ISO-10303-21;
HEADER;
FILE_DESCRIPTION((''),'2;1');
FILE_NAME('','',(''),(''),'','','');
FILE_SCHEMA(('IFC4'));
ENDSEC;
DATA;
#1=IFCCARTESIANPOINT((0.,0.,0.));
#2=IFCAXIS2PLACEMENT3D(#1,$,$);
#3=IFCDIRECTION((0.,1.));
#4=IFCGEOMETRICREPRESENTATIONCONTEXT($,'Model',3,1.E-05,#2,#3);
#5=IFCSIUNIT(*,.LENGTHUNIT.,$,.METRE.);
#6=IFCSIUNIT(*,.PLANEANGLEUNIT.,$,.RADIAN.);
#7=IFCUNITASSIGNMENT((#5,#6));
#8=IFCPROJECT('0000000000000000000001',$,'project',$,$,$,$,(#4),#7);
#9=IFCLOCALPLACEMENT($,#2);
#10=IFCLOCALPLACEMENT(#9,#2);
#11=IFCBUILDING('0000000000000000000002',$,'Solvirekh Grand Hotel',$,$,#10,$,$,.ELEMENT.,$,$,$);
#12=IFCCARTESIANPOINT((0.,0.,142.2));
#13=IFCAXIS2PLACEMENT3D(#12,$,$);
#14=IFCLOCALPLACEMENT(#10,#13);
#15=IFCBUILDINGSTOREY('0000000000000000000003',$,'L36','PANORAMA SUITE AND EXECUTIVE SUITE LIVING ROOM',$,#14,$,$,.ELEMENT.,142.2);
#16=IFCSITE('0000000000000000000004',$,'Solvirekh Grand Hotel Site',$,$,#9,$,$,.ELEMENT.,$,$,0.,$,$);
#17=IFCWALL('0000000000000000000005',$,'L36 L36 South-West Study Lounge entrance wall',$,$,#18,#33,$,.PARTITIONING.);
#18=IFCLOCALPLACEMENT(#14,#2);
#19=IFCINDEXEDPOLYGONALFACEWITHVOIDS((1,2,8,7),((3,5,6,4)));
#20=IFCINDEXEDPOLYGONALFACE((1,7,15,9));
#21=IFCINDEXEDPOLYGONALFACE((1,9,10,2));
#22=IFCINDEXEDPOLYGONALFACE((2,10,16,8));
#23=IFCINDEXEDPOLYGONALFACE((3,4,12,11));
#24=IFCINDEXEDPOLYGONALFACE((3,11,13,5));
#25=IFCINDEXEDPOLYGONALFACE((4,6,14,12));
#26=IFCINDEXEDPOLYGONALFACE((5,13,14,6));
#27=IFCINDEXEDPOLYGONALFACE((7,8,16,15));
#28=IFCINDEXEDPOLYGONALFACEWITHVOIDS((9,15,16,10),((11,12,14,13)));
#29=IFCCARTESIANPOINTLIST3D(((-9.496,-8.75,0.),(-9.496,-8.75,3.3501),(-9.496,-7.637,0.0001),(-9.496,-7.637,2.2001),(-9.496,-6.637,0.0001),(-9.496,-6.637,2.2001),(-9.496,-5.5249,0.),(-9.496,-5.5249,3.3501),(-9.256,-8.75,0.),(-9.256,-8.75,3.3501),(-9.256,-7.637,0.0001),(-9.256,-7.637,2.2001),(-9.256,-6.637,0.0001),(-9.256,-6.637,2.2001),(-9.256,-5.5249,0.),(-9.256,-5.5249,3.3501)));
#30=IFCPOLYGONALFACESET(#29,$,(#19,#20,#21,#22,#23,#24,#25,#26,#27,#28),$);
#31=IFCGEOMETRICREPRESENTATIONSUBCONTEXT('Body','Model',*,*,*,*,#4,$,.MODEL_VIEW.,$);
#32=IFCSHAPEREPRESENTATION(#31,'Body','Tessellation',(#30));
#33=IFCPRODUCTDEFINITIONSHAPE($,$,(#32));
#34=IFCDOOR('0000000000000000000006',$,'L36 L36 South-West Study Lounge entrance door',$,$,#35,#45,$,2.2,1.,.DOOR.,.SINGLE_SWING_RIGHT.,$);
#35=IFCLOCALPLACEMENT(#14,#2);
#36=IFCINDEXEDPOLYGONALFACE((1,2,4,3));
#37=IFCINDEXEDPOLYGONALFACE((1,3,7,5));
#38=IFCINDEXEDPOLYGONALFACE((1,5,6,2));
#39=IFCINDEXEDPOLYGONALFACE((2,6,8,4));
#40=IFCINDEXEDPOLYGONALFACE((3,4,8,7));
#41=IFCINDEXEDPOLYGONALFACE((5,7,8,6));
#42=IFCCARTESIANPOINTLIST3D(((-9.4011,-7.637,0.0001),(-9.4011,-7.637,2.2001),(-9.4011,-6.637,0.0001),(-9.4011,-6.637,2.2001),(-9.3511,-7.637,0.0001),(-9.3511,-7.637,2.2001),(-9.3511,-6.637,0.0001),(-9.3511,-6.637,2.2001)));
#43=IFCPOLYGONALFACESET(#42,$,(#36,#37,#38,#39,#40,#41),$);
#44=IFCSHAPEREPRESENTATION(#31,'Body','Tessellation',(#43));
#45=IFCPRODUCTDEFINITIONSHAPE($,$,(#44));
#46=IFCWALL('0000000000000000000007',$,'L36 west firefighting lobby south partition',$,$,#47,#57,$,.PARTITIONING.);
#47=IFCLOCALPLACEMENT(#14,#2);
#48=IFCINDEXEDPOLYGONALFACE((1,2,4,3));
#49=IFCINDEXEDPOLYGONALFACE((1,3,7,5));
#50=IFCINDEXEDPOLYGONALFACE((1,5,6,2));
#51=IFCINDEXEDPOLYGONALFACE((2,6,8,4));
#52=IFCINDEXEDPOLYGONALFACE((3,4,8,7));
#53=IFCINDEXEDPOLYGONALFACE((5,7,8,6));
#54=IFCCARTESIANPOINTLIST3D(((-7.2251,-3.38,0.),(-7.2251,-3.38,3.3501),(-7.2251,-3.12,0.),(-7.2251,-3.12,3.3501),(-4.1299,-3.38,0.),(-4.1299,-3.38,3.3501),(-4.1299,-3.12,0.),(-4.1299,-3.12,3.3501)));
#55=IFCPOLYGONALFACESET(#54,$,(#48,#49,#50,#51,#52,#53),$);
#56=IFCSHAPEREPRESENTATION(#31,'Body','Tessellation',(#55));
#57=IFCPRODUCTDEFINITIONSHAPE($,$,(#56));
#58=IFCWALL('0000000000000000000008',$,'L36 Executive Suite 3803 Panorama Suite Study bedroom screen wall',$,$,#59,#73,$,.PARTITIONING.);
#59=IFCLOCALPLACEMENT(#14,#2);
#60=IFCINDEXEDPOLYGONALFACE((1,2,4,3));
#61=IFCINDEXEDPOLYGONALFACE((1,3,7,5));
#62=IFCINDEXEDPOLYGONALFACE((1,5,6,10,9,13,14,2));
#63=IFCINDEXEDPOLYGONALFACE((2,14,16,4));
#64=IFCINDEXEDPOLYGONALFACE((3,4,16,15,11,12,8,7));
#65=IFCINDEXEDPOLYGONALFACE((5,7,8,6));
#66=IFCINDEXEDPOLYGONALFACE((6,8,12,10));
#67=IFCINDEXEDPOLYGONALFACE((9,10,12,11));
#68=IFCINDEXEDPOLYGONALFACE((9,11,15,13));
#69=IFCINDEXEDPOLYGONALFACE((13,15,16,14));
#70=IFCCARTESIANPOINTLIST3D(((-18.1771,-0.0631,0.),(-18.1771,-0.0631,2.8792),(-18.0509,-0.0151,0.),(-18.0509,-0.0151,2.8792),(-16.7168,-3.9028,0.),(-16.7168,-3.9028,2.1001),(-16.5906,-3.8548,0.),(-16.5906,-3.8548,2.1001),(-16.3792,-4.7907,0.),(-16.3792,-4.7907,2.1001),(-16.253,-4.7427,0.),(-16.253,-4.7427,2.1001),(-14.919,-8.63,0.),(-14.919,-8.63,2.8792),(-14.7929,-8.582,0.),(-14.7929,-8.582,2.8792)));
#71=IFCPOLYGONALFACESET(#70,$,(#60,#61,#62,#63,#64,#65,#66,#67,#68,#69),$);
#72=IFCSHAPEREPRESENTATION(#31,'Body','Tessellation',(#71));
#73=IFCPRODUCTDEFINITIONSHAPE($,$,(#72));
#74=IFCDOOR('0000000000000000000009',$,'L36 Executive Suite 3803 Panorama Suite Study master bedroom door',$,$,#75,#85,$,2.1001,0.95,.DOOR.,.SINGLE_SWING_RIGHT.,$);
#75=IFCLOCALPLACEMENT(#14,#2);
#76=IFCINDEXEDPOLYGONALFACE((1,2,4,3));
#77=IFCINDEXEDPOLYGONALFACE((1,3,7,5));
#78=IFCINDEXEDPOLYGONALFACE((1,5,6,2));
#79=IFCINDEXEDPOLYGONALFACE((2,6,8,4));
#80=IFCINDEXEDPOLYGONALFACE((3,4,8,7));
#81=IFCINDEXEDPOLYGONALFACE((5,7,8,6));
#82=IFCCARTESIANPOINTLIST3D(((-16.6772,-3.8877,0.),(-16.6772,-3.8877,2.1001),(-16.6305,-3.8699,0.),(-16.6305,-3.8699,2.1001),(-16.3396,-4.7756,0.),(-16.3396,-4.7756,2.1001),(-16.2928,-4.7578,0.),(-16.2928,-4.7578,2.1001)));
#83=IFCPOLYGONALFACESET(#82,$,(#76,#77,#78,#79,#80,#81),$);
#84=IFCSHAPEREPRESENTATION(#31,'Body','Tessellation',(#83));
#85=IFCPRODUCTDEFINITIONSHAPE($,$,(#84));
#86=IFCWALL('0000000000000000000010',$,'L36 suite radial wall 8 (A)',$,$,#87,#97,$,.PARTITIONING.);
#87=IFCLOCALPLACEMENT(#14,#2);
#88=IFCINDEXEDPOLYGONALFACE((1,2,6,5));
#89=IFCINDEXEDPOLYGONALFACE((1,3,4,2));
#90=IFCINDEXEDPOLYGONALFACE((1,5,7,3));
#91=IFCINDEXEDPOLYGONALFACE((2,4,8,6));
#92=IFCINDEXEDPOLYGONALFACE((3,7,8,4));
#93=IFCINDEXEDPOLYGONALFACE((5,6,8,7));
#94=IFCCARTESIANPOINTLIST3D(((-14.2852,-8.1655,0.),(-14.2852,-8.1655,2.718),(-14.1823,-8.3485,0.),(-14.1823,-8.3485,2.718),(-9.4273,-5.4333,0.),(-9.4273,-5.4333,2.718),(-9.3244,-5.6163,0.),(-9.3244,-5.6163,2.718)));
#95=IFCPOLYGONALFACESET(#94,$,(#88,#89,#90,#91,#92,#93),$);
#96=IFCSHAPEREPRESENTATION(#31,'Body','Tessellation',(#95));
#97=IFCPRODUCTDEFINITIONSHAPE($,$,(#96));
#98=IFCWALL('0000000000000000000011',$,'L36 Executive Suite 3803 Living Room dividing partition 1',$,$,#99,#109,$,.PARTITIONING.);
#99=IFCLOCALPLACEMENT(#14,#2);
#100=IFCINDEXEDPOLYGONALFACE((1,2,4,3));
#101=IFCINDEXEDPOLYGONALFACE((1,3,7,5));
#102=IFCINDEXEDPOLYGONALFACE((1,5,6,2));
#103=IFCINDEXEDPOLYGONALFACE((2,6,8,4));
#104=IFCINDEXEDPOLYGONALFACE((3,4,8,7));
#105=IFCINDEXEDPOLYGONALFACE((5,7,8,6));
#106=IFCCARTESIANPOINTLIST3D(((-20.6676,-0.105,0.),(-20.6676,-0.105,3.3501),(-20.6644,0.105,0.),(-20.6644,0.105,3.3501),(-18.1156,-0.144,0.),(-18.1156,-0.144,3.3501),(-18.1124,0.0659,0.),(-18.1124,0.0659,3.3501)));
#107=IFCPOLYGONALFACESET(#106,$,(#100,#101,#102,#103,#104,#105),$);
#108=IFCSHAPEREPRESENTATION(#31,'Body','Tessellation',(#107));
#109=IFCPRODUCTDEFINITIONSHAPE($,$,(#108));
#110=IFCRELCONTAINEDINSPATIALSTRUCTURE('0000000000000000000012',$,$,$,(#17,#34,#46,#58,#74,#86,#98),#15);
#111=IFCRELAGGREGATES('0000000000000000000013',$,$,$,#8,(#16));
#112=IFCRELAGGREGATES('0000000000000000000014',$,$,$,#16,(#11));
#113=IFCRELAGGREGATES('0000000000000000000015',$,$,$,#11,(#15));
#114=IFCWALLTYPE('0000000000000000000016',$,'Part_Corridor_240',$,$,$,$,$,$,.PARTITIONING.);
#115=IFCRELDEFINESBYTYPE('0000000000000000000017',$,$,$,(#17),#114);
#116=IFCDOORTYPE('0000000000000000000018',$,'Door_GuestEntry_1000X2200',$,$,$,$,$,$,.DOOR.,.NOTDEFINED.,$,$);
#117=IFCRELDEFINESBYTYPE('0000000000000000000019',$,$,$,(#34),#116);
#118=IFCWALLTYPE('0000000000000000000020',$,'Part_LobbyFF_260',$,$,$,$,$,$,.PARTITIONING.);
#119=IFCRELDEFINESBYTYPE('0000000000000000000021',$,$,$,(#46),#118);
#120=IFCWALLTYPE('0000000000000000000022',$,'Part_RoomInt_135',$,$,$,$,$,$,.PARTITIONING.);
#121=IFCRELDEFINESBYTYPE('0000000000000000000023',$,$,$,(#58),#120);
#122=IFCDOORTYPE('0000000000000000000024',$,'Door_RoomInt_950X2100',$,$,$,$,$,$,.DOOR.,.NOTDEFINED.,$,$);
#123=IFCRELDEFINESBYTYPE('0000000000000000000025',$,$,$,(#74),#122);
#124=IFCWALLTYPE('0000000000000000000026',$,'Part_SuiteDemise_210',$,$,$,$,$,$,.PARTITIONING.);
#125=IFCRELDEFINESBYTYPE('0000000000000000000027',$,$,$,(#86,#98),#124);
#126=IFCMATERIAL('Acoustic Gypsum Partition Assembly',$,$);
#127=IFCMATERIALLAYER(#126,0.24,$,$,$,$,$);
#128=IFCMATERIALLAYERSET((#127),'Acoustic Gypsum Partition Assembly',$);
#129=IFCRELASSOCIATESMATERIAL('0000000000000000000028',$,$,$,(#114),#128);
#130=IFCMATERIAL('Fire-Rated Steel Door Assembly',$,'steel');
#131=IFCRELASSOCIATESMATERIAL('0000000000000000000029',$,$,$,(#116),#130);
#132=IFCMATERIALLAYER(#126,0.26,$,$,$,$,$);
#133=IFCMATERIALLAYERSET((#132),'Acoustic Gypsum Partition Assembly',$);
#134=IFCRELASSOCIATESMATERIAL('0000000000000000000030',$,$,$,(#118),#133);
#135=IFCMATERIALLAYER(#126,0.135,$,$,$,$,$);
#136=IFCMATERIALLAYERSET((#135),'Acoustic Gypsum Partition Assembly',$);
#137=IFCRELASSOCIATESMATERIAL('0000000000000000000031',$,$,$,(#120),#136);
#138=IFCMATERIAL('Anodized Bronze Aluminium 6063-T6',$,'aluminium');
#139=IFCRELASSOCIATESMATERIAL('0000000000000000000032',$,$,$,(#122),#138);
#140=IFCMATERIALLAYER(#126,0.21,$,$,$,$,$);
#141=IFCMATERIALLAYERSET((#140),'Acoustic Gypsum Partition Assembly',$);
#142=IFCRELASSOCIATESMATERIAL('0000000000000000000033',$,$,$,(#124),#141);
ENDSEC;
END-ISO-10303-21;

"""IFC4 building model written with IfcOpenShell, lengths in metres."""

from ifc_helpers import new_model, si_unit, direction, frame, frame_2d, origin, place, context, subcontext, project, spatial, rectangle, extrude, material, layer, layer_set, type_object, element, fill, save


model = new_model("IFC4")

# Units and contexts
model_context = context("Model", 3, precision=1e-05, world=origin(), true_north=direction((0.0, 1.0)))
body_context = subcontext(model_context, "Body", "Model", "MODEL_VIEW")
ifc_project = project(units=[si_unit("LENGTHUNIT", "METRE"), si_unit("PLANEANGLEUNIT", "RADIAN")], contexts=[model_context])

# Site, building, storey
site_placement = place(None, origin())
site = spatial("IfcSite", under=ifc_project, at=site_placement, Name="Solvirekh Grand Hotel Site", CompositionType="ELEMENT", RefElevation=0.0)
building_placement = place(site_placement, origin())
building = spatial("IfcBuilding", under=site, at=building_placement, Name="Solvirekh Grand Hotel", CompositionType="ELEMENT")
storey_placement = place(building_placement, frame((0.0, 0.0, 142.2)))
storey = spatial("IfcBuildingStorey", under=building, at=storey_placement, Name="L36", Description="PANORAMA SUITE AND EXECUTIVE SUITE LIVING ROOM", CompositionType="ELEMENT", Elevation=142.2)

# Shared definitions
ifc_material_1 = material(Name="Anodized Bronze Aluminium 6063-T6", Category="aluminium")

# Shared definitions
ifc_material_2 = material(Name="Acoustic Gypsum Partition Assembly")
ifc_layer_1 = layer(ifc_material_2, 0.24)
ifc_layer_set_1 = layer_set([ifc_layer_1], Name="Acoustic Gypsum Partition Assembly")
wall_type_1 = type_object("IfcWallType", Name="Part_Corridor_240", PredefinedType="PARTITIONING", material=ifc_layer_set_1)
ifc_material_3 = material(Name="Fire-Rated Steel Door Assembly", Category="steel")

# Wall, opening, door
wall_1_placement = place(storey_placement, frame((-9.376, -5.5249, 0.0), z_axis=(0.0, 0.0, 1.0), x_axis=(0.0, -1.0, 0.0)))
wall_1 = element("IfcWall", 1, at=wall_1_placement, inside=storey, type_object=wall_type_1, Name="L36 L36 South-West Study Lounge entrance wall", PredefinedType="PARTITIONING", context=body_context, shape_type="SweptSolid", body=[
    extrude(rectangle(XDim=3.2251, YDim=0.24, at=frame_2d((1.6125, 0.0))), origin(), (0.0, 0.0, 1.0), 3.3501),
])
opening_1_placement = place(wall_1_placement, frame((1.1121, 0.0, 0.0)))
opening_1 = element("IfcOpeningElement", 2, at=opening_1_placement, cuts=wall_1, PredefinedType="OPENING", context=body_context, shape_type="SweptSolid", body=[
    extrude(rectangle(XDim=1.0, YDim=2.2, at=frame_2d((0.5, 1.1001))), frame((0.0, 0.1299, 0.0), z_axis=(0.0, -1.0, 0.0), x_axis=(1.0, 0.0, 0.0)), (0.0, 0.0, 1.0), 0.26),
])
door_type_1 = type_object("IfcDoorType", Name="Door_GuestEntry_1000X2200", OperationType="NOTDEFINED", PredefinedType="DOOR", material=ifc_material_3)
door_1_placement = place(opening_1_placement, origin())
door_1 = element("IfcDoor", 3, at=door_1_placement, inside=storey, type_object=door_type_1, Name="L36 L36 South-West Study Lounge entrance door", OperationType="SINGLE_SWING_RIGHT", OverallHeight=2.2, OverallWidth=1.0, PredefinedType="DOOR", context=body_context, shape_type="SweptSolid", body=[
    extrude(rectangle(XDim=1.0, YDim=2.2, at=frame_2d((0.5, 1.1001))), frame((0.0, 0.0249, 0.0), z_axis=(0.0, -1.0, 0.0), x_axis=(1.0, 0.0, 0.0)), (0.0, 0.0, 1.0), 0.05),
])
fill(opening_1, door_1)

# Wall
ifc_layer_2 = layer(ifc_material_2, 0.26)
ifc_layer_set_2 = layer_set([ifc_layer_2], Name="Acoustic Gypsum Partition Assembly")
wall_type_2 = type_object("IfcWallType", Name="Part_LobbyFF_260", PredefinedType="PARTITIONING", material=ifc_layer_set_2)
wall_2_placement = place(storey_placement, frame((-7.2251, -3.25, 0.0), z_axis=(0.0, 0.0, 1.0), x_axis=(1.0, 0.0, 0.0)))
element("IfcWall", 4, at=wall_2_placement, inside=storey, type_object=wall_type_2, Name="L36 west firefighting lobby south partition", PredefinedType="PARTITIONING", context=body_context, shape_type="SweptSolid", body=[
    extrude(rectangle(XDim=3.0952, YDim=0.26, at=frame_2d((1.5476, 0.0))), origin(), (0.0, 0.0, 1.0), 3.3501),
])

# Wall, opening, door
ifc_layer_3 = layer(ifc_material_2, 0.135)
ifc_layer_set_3 = layer_set([ifc_layer_3], Name="Acoustic Gypsum Partition Assembly")
wall_type_3 = type_object("IfcWallType", Name="Part_RoomInt_135", PredefinedType="PARTITIONING", material=ifc_layer_set_3)
wall_3_placement = place(storey_placement, frame((-18.114, -0.0391, 0.0), z_axis=(0.0, 0.0, 1.0), x_axis=(0.355469, -0.934688, 0.0)))
wall_3 = element("IfcWall", 5, at=wall_3_placement, inside=storey, type_object=wall_type_3, Name="L36 Executive Suite 3803 Panorama Suite Study bedroom screen wall", PredefinedType="PARTITIONING", context=body_context, shape_type="SweptSolid", body=[
    extrude(rectangle(XDim=9.1655, YDim=0.135, at=frame_2d((4.5828, 0.0))), origin(), (0.0, 0.0, 1.0), 2.8792),
])
opening_2_placement = place(wall_3_placement, frame((4.1079, 0.0, 0.0)))
opening_2 = element("IfcOpeningElement", 6, at=opening_2_placement, cuts=wall_3, PredefinedType="OPENING", context=body_context, shape_type="SweptSolid", body=[
    extrude(rectangle(XDim=0.95, YDim=2.1001, at=frame_2d((0.4751, 1.05))), frame((0.0, 0.0776, 0.0), z_axis=(0.0, -1.0, 0.0), x_axis=(1.0, 0.0, 0.0)), (0.0, 0.0, 1.0), 0.155),
])
door_type_2 = type_object("IfcDoorType", Name="Door_RoomInt_950X2100", OperationType="NOTDEFINED", PredefinedType="DOOR", material=ifc_material_1)
door_2_placement = place(opening_2_placement, origin())
door_2 = element("IfcDoor", 7, at=door_2_placement, inside=storey, type_object=door_type_2, Name="L36 Executive Suite 3803 Panorama Suite Study master bedroom door", OperationType="SINGLE_SWING_RIGHT", OverallHeight=2.1001, OverallWidth=0.95, PredefinedType="DOOR", context=body_context, shape_type="SweptSolid", body=[
    extrude(rectangle(XDim=0.95, YDim=2.1001, at=frame_2d((0.4751, 1.05))), frame((0.0, 0.0249, 0.0), z_axis=(0.0, -1.0, 0.0), x_axis=(1.0, 0.0, 0.0)), (0.0, 0.0, 1.0), 0.05),
])
fill(opening_2, door_2)

# Walls
ifc_layer_4 = layer(ifc_material_2, 0.21)
ifc_layer_set_4 = layer_set([ifc_layer_4], Name="Acoustic Gypsum Partition Assembly")
wall_type_4 = type_object("IfcWallType", Name="Part_SuiteDemise_210", PredefinedType="PARTITIONING", material=ifc_layer_set_4)
wall_4_placement = place(storey_placement, frame((-9.376, -5.5249, 0.0), z_axis=(0.0, 0.0, 1.0), x_axis=(-0.871606, -0.490207, 0.0)))
element("IfcWall", 8, at=wall_4_placement, inside=storey, type_object=wall_type_4, Name="L36 suite radial wall 8 (A)", PredefinedType="PARTITIONING", context=body_context, shape_type="SweptSolid", body=[
    extrude(rectangle(XDim=5.5735, YDim=0.21, at=frame_2d((2.7866, 0.0))), origin(), (0.0, 0.0, 1.0), 2.718),
])
wall_5_placement = place(storey_placement, frame((-18.114, -0.0391, 0.0), z_axis=(0.0, 0.0, 1.0), x_axis=(-0.999883, 0.015305, 0.0)))
element("IfcWall", 9, at=wall_5_placement, inside=storey, type_object=wall_type_4, Name="L36 Executive Suite 3803 Living Room dividing partition 1", PredefinedType="PARTITIONING", context=body_context, shape_type="SweptSolid", body=[
    extrude(rectangle(XDim=2.5522, YDim=0.21, at=frame_2d((1.2761, 0.0))), origin(), (0.0, 0.0, 1.0), 3.3501),
])

save(model, "model.ifc")
